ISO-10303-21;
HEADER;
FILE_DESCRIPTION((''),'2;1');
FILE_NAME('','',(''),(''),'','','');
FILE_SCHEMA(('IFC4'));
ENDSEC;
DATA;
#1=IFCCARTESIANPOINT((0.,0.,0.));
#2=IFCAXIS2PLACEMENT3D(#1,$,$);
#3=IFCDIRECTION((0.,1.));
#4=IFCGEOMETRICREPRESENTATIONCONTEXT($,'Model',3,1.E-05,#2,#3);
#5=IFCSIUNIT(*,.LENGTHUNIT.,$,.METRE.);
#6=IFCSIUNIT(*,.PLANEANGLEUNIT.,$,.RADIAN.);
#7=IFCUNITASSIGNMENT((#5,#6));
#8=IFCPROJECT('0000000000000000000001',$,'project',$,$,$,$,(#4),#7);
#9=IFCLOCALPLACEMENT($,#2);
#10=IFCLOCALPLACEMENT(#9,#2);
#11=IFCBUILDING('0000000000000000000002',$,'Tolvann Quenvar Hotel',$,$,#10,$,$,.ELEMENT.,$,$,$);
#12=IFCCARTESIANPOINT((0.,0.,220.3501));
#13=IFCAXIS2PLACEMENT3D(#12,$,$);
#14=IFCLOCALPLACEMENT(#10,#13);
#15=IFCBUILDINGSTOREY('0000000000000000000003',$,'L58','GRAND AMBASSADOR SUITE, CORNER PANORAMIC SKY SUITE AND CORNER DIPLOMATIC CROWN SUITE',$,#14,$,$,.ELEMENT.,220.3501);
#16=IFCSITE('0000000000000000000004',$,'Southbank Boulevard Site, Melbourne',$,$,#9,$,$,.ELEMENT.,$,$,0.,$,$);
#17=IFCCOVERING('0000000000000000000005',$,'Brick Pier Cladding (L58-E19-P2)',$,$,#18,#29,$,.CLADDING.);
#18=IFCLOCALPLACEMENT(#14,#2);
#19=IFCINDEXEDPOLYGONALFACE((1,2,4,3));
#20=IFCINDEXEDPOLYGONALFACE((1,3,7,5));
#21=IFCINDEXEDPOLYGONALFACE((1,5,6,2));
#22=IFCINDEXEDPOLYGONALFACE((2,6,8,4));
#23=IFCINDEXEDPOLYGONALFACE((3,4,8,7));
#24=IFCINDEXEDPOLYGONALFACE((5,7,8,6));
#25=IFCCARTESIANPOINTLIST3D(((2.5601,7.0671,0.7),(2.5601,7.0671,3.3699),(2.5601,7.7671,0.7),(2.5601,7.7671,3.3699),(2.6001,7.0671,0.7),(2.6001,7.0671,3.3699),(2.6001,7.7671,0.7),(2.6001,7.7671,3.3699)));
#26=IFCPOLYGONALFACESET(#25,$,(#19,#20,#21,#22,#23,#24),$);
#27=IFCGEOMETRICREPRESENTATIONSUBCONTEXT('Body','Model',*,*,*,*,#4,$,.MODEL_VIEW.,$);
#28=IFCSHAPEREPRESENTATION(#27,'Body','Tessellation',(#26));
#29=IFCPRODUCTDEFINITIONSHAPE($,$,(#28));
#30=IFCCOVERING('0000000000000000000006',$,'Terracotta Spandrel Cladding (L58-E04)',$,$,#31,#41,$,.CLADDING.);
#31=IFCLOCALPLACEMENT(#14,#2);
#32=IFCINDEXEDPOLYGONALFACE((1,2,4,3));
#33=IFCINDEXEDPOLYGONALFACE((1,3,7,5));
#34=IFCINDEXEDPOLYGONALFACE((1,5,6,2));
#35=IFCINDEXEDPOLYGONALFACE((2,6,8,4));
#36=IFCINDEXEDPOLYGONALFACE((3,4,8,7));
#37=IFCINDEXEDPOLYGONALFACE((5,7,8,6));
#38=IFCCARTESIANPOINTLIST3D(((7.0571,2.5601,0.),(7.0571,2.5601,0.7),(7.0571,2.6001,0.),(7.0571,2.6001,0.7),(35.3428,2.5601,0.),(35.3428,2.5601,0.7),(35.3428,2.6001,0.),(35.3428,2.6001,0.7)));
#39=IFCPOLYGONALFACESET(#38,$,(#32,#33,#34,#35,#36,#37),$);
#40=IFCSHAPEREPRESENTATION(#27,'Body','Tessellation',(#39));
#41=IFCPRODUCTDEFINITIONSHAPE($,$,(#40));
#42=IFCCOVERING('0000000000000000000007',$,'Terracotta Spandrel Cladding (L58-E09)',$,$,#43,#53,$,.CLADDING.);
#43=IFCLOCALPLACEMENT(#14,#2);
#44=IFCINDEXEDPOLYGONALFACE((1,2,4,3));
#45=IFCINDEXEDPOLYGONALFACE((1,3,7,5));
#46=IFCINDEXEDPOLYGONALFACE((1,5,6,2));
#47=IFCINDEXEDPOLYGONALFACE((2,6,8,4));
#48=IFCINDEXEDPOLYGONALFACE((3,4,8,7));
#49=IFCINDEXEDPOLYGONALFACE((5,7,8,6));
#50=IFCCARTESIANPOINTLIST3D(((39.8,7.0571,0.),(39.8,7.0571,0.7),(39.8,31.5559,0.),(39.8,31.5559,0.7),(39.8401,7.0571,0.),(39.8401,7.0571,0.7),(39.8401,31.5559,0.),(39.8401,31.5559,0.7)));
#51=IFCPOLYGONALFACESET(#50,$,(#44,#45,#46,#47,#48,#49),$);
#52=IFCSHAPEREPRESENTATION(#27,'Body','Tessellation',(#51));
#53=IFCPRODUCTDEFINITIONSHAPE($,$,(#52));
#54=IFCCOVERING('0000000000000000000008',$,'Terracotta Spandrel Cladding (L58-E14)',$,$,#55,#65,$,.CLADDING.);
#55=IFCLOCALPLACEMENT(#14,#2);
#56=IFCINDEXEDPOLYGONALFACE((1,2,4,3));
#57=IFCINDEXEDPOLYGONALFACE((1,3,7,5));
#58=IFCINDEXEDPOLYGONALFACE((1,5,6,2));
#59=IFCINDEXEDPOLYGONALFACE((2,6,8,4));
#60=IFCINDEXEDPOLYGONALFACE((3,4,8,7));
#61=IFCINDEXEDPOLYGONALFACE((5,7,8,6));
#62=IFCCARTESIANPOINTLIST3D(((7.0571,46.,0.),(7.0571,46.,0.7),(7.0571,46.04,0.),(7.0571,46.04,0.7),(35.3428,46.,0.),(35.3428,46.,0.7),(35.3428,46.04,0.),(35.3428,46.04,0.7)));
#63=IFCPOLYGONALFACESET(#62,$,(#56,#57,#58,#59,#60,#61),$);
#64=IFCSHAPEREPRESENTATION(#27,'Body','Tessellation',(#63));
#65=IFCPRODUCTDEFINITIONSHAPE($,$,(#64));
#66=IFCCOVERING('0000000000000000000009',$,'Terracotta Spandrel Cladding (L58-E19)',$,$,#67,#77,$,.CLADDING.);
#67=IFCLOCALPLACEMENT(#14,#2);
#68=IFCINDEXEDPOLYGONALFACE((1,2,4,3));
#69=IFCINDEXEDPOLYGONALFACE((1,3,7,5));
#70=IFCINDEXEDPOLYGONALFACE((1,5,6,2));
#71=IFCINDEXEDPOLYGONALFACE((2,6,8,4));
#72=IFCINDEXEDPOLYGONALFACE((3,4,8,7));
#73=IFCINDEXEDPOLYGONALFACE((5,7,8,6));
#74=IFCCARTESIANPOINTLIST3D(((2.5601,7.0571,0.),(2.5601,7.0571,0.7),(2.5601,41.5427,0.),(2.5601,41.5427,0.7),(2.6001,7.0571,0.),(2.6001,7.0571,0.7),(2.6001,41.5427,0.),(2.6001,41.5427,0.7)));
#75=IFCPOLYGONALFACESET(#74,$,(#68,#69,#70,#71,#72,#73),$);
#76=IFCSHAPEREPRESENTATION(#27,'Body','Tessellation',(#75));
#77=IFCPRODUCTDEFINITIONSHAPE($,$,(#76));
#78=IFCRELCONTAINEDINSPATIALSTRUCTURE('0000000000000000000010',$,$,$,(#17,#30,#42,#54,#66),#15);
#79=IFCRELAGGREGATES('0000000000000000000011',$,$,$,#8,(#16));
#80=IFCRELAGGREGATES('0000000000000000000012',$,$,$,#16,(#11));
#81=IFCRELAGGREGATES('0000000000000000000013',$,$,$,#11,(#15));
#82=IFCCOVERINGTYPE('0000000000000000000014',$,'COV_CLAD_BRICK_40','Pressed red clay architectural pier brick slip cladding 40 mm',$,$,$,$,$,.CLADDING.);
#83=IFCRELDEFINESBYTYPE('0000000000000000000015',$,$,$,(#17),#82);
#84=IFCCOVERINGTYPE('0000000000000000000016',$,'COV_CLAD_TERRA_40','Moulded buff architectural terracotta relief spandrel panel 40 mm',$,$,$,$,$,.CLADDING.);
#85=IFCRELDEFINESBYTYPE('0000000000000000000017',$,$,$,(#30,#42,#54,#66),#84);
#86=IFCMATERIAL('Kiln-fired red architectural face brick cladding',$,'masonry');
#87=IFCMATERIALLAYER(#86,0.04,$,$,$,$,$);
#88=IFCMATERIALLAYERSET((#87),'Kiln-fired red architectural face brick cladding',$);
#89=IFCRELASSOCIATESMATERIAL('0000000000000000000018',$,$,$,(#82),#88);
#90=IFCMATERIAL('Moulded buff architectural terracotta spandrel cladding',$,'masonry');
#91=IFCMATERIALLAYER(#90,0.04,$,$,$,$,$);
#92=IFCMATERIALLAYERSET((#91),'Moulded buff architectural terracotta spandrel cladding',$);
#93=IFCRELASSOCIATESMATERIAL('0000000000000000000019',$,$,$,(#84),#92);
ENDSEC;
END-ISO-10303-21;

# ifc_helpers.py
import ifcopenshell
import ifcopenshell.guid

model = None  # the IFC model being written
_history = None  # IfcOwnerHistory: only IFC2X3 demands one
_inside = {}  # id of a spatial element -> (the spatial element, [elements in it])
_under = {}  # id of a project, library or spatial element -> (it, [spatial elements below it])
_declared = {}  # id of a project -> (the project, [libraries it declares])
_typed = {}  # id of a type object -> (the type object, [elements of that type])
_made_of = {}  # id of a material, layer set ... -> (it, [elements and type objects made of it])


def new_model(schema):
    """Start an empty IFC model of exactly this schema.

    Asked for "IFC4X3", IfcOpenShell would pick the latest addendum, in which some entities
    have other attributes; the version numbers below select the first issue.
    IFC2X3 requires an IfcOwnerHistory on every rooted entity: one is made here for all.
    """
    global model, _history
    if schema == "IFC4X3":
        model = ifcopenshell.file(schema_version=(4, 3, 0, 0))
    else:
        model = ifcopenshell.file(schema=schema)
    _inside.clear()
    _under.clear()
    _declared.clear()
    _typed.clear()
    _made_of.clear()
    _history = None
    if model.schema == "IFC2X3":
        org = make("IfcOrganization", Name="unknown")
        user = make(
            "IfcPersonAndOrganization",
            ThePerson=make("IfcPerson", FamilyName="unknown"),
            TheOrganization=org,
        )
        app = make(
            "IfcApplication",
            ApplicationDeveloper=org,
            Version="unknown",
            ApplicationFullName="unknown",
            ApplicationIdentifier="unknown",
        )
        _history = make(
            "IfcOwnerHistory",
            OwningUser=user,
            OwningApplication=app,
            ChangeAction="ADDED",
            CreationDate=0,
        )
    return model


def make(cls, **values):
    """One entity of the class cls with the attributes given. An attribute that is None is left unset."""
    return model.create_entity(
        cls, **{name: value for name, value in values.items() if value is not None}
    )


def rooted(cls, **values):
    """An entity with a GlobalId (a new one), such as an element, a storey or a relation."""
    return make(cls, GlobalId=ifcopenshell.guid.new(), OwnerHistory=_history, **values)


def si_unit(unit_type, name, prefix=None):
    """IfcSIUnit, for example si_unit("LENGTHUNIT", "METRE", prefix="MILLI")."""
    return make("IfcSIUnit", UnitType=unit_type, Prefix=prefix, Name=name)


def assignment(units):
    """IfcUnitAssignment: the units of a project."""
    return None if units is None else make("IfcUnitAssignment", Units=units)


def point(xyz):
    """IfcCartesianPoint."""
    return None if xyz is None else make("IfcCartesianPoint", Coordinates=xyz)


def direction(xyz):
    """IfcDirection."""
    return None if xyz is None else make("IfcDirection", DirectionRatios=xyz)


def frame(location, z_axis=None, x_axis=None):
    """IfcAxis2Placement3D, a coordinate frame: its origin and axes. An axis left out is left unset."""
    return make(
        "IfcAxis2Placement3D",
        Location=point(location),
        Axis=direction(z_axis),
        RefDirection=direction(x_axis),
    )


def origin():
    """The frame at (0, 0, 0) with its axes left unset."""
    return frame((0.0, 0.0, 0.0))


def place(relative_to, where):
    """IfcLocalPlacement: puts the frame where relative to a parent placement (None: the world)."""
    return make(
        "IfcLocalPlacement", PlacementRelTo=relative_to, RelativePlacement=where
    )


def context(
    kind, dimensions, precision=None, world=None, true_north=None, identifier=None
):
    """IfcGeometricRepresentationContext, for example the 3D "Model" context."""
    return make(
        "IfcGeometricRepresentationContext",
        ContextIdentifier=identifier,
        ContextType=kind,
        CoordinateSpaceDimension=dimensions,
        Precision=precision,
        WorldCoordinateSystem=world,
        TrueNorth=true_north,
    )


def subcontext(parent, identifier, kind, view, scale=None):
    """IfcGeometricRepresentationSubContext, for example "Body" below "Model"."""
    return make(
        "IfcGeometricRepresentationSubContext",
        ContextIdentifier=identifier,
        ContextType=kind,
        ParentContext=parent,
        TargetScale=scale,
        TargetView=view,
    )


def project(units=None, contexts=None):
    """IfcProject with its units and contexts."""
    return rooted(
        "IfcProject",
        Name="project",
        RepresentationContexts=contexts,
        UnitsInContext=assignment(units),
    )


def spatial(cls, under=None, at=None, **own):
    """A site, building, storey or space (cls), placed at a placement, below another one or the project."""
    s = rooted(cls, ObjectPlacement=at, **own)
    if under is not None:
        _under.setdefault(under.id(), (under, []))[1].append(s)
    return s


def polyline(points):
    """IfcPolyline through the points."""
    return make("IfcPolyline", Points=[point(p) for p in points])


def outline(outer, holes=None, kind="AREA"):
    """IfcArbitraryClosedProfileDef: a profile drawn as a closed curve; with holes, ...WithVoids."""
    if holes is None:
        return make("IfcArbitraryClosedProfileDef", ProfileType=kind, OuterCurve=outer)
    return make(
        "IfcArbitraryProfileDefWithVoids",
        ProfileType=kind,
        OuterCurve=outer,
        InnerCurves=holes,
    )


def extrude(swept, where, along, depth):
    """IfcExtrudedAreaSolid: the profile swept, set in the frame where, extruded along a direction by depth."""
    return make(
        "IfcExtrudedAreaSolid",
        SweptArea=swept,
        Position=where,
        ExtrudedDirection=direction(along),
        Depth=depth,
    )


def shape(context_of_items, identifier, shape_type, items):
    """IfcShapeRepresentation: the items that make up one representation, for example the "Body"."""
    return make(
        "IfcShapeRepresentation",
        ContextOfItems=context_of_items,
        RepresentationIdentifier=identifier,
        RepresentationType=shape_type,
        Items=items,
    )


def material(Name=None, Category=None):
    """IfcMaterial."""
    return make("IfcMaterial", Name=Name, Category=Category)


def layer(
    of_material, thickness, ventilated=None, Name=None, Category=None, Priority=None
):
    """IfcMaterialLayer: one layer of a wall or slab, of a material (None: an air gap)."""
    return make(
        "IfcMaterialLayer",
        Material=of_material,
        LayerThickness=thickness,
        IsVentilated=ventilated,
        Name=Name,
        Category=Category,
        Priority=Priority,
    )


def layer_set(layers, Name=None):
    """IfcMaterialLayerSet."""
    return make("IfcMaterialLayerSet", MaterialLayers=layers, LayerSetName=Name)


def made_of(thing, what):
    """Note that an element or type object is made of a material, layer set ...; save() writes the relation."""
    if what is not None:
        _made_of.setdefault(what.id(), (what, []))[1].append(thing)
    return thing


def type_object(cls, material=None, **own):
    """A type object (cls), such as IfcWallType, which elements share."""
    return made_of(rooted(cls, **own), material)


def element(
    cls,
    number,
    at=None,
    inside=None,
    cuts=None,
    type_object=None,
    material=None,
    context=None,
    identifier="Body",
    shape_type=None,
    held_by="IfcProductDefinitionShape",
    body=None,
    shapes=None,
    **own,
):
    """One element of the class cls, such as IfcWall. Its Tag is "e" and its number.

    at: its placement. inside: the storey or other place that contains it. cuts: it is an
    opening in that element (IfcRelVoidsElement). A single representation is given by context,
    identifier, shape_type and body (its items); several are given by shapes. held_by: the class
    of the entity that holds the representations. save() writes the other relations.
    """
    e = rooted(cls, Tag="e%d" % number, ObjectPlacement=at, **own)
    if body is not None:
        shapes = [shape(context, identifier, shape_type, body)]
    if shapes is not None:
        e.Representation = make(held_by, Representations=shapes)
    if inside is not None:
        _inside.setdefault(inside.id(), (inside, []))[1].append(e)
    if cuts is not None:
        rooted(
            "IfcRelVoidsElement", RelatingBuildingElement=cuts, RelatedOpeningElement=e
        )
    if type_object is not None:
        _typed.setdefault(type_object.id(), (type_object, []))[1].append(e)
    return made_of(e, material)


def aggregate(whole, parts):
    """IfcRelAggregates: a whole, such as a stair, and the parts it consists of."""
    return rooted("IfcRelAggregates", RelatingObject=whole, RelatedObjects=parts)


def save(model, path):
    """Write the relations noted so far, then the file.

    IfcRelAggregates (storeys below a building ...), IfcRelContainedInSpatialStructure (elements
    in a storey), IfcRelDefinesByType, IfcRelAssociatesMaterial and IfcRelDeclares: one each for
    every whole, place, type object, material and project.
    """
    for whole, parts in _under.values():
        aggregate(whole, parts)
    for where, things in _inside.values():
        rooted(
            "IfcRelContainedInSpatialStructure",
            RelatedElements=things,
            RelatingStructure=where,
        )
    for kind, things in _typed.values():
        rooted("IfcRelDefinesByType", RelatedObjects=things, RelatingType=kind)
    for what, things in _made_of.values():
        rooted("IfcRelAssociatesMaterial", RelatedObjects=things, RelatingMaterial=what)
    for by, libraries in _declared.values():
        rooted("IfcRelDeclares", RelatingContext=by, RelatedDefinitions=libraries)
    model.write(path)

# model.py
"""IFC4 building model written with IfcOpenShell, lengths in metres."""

from ifc_helpers import new_model, si_unit, direction, frame, origin, place, context, subcontext, project, spatial, polyline, outline, extrude, material, layer, layer_set, type_object, element, save


model = new_model("IFC4")

# Units and contexts
model_context = context("Model", 3, precision=1e-05, world=origin(), true_north=direction((0.0, 1.0)))
body_context = subcontext(model_context, "Body", "Model", "MODEL_VIEW")
ifc_project = project(units=[si_unit("LENGTHUNIT", "METRE"), si_unit("PLANEANGLEUNIT", "RADIAN")], contexts=[model_context])

# Site, building, storey
site_placement = place(None, origin())
site = spatial("IfcSite", under=ifc_project, at=site_placement, Name="Southbank Boulevard Site, Melbourne", CompositionType="ELEMENT", RefElevation=0.0)
building_placement = place(site_placement, origin())
building = spatial("IfcBuilding", under=site, at=building_placement, Name="Tolvann Quenvar Hotel", CompositionType="ELEMENT")
storey_placement = place(building_placement, frame((0.0, 0.0, 220.3501)))
storey = spatial("IfcBuildingStorey", under=building, at=storey_placement, Name="L58", Description="GRAND AMBASSADOR SUITE, CORNER PANORAMIC SKY SUITE AND CORNER DIPLOMATIC CROWN SUITE", CompositionType="ELEMENT", Elevation=220.3501)

# Coverings
ifc_material_1 = material(Name="Kiln-fired red architectural face brick cladding", Category="masonry")
ifc_layer_1 = layer(ifc_material_1, 0.04)
ifc_layer_set_1 = layer_set([ifc_layer_1], Name="Kiln-fired red architectural face brick cladding")
covering_type_1 = type_object("IfcCoveringType", Name="COV_CLAD_BRICK_40", Description="Pressed red clay architectural pier brick slip cladding 40 mm", PredefinedType="CLADDING", material=ifc_layer_set_1)
covering_1_placement = place(storey_placement, frame((0.0, 0.0, 0.7)))
element("IfcCovering", 1, at=covering_1_placement, inside=storey, type_object=covering_type_1, Name="Brick Pier Cladding (L58-E19-P2)", PredefinedType="CLADDING", context=body_context, shape_type="SweptSolid", body=[
    extrude(outline(polyline([(2.6001, 7.7671), (2.6001, 7.0671), (2.5601, 7.0671), (2.5601, 7.7671), (2.6001, 7.7671)])), origin(), (0.0, 0.0, 1.0), 2.6699),
])
ifc_material_2 = material(Name="Moulded buff architectural terracotta spandrel cladding", Category="masonry")
ifc_layer_2 = layer(ifc_material_2, 0.04)
ifc_layer_set_2 = layer_set([ifc_layer_2], Name="Moulded buff architectural terracotta spandrel cladding")
covering_type_2 = type_object("IfcCoveringType", Name="COV_CLAD_TERRA_40", Description="Moulded buff architectural terracotta relief spandrel panel 40 mm", PredefinedType="CLADDING", material=ifc_layer_set_2)
covering_2_placement = place(storey_placement, origin())
element("IfcCovering", 2, at=covering_2_placement, inside=storey, type_object=covering_type_2, Name="Terracotta Spandrel Cladding (L58-E04)", PredefinedType="CLADDING", context=body_context, shape_type="SweptSolid", body=[
    extrude(outline(polyline([(7.0571, 2.6001), (35.3428, 2.6001), (35.3428, 2.5601), (7.0571, 2.5601), (7.0571, 2.6001)])), origin(), (0.0, 0.0, 1.0), 0.7),
])
covering_3_placement = place(storey_placement, origin())
element("IfcCovering", 3, at=covering_3_placement, inside=storey, type_object=covering_type_2, Name="Terracotta Spandrel Cladding (L58-E09)", PredefinedType="CLADDING", context=body_context, shape_type="SweptSolid", body=[
    extrude(outline(polyline([(39.8, 7.0571), (39.8, 31.5559), (39.8401, 31.5559), (39.8401, 7.0571), (39.8, 7.0571)])), origin(), (0.0, 0.0, 1.0), 0.7),
])
covering_4_placement = place(storey_placement, origin())
element("IfcCovering", 4, at=covering_4_placement, inside=storey, type_object=covering_type_2, Name="Terracotta Spandrel Cladding (L58-E14)", PredefinedType="CLADDING", context=body_context, shape_type="SweptSolid", body=[
    extrude(outline(polyline([(35.3428, 46.0), (7.0571, 46.0), (7.0571, 46.04), (35.3428, 46.04), (35.3428, 46.0)])), origin(), (0.0, 0.0, 1.0), 0.7),
])
covering_5_placement = place(storey_placement, origin())
element("IfcCovering", 5, at=covering_5_placement, inside=storey, type_object=covering_type_2, Name="Terracotta Spandrel Cladding (L58-E19)", PredefinedType="CLADDING", context=body_context, shape_type="SweptSolid", body=[
    extrude(outline(polyline([(2.6001, 41.5427), (2.6001, 7.0571), (2.5601, 7.0571), (2.5601, 41.5427), (2.6001, 41.5427)])), origin(), (0.0, 0.0, 1.0), 0.7),
])

save(model, "model.ifc")
